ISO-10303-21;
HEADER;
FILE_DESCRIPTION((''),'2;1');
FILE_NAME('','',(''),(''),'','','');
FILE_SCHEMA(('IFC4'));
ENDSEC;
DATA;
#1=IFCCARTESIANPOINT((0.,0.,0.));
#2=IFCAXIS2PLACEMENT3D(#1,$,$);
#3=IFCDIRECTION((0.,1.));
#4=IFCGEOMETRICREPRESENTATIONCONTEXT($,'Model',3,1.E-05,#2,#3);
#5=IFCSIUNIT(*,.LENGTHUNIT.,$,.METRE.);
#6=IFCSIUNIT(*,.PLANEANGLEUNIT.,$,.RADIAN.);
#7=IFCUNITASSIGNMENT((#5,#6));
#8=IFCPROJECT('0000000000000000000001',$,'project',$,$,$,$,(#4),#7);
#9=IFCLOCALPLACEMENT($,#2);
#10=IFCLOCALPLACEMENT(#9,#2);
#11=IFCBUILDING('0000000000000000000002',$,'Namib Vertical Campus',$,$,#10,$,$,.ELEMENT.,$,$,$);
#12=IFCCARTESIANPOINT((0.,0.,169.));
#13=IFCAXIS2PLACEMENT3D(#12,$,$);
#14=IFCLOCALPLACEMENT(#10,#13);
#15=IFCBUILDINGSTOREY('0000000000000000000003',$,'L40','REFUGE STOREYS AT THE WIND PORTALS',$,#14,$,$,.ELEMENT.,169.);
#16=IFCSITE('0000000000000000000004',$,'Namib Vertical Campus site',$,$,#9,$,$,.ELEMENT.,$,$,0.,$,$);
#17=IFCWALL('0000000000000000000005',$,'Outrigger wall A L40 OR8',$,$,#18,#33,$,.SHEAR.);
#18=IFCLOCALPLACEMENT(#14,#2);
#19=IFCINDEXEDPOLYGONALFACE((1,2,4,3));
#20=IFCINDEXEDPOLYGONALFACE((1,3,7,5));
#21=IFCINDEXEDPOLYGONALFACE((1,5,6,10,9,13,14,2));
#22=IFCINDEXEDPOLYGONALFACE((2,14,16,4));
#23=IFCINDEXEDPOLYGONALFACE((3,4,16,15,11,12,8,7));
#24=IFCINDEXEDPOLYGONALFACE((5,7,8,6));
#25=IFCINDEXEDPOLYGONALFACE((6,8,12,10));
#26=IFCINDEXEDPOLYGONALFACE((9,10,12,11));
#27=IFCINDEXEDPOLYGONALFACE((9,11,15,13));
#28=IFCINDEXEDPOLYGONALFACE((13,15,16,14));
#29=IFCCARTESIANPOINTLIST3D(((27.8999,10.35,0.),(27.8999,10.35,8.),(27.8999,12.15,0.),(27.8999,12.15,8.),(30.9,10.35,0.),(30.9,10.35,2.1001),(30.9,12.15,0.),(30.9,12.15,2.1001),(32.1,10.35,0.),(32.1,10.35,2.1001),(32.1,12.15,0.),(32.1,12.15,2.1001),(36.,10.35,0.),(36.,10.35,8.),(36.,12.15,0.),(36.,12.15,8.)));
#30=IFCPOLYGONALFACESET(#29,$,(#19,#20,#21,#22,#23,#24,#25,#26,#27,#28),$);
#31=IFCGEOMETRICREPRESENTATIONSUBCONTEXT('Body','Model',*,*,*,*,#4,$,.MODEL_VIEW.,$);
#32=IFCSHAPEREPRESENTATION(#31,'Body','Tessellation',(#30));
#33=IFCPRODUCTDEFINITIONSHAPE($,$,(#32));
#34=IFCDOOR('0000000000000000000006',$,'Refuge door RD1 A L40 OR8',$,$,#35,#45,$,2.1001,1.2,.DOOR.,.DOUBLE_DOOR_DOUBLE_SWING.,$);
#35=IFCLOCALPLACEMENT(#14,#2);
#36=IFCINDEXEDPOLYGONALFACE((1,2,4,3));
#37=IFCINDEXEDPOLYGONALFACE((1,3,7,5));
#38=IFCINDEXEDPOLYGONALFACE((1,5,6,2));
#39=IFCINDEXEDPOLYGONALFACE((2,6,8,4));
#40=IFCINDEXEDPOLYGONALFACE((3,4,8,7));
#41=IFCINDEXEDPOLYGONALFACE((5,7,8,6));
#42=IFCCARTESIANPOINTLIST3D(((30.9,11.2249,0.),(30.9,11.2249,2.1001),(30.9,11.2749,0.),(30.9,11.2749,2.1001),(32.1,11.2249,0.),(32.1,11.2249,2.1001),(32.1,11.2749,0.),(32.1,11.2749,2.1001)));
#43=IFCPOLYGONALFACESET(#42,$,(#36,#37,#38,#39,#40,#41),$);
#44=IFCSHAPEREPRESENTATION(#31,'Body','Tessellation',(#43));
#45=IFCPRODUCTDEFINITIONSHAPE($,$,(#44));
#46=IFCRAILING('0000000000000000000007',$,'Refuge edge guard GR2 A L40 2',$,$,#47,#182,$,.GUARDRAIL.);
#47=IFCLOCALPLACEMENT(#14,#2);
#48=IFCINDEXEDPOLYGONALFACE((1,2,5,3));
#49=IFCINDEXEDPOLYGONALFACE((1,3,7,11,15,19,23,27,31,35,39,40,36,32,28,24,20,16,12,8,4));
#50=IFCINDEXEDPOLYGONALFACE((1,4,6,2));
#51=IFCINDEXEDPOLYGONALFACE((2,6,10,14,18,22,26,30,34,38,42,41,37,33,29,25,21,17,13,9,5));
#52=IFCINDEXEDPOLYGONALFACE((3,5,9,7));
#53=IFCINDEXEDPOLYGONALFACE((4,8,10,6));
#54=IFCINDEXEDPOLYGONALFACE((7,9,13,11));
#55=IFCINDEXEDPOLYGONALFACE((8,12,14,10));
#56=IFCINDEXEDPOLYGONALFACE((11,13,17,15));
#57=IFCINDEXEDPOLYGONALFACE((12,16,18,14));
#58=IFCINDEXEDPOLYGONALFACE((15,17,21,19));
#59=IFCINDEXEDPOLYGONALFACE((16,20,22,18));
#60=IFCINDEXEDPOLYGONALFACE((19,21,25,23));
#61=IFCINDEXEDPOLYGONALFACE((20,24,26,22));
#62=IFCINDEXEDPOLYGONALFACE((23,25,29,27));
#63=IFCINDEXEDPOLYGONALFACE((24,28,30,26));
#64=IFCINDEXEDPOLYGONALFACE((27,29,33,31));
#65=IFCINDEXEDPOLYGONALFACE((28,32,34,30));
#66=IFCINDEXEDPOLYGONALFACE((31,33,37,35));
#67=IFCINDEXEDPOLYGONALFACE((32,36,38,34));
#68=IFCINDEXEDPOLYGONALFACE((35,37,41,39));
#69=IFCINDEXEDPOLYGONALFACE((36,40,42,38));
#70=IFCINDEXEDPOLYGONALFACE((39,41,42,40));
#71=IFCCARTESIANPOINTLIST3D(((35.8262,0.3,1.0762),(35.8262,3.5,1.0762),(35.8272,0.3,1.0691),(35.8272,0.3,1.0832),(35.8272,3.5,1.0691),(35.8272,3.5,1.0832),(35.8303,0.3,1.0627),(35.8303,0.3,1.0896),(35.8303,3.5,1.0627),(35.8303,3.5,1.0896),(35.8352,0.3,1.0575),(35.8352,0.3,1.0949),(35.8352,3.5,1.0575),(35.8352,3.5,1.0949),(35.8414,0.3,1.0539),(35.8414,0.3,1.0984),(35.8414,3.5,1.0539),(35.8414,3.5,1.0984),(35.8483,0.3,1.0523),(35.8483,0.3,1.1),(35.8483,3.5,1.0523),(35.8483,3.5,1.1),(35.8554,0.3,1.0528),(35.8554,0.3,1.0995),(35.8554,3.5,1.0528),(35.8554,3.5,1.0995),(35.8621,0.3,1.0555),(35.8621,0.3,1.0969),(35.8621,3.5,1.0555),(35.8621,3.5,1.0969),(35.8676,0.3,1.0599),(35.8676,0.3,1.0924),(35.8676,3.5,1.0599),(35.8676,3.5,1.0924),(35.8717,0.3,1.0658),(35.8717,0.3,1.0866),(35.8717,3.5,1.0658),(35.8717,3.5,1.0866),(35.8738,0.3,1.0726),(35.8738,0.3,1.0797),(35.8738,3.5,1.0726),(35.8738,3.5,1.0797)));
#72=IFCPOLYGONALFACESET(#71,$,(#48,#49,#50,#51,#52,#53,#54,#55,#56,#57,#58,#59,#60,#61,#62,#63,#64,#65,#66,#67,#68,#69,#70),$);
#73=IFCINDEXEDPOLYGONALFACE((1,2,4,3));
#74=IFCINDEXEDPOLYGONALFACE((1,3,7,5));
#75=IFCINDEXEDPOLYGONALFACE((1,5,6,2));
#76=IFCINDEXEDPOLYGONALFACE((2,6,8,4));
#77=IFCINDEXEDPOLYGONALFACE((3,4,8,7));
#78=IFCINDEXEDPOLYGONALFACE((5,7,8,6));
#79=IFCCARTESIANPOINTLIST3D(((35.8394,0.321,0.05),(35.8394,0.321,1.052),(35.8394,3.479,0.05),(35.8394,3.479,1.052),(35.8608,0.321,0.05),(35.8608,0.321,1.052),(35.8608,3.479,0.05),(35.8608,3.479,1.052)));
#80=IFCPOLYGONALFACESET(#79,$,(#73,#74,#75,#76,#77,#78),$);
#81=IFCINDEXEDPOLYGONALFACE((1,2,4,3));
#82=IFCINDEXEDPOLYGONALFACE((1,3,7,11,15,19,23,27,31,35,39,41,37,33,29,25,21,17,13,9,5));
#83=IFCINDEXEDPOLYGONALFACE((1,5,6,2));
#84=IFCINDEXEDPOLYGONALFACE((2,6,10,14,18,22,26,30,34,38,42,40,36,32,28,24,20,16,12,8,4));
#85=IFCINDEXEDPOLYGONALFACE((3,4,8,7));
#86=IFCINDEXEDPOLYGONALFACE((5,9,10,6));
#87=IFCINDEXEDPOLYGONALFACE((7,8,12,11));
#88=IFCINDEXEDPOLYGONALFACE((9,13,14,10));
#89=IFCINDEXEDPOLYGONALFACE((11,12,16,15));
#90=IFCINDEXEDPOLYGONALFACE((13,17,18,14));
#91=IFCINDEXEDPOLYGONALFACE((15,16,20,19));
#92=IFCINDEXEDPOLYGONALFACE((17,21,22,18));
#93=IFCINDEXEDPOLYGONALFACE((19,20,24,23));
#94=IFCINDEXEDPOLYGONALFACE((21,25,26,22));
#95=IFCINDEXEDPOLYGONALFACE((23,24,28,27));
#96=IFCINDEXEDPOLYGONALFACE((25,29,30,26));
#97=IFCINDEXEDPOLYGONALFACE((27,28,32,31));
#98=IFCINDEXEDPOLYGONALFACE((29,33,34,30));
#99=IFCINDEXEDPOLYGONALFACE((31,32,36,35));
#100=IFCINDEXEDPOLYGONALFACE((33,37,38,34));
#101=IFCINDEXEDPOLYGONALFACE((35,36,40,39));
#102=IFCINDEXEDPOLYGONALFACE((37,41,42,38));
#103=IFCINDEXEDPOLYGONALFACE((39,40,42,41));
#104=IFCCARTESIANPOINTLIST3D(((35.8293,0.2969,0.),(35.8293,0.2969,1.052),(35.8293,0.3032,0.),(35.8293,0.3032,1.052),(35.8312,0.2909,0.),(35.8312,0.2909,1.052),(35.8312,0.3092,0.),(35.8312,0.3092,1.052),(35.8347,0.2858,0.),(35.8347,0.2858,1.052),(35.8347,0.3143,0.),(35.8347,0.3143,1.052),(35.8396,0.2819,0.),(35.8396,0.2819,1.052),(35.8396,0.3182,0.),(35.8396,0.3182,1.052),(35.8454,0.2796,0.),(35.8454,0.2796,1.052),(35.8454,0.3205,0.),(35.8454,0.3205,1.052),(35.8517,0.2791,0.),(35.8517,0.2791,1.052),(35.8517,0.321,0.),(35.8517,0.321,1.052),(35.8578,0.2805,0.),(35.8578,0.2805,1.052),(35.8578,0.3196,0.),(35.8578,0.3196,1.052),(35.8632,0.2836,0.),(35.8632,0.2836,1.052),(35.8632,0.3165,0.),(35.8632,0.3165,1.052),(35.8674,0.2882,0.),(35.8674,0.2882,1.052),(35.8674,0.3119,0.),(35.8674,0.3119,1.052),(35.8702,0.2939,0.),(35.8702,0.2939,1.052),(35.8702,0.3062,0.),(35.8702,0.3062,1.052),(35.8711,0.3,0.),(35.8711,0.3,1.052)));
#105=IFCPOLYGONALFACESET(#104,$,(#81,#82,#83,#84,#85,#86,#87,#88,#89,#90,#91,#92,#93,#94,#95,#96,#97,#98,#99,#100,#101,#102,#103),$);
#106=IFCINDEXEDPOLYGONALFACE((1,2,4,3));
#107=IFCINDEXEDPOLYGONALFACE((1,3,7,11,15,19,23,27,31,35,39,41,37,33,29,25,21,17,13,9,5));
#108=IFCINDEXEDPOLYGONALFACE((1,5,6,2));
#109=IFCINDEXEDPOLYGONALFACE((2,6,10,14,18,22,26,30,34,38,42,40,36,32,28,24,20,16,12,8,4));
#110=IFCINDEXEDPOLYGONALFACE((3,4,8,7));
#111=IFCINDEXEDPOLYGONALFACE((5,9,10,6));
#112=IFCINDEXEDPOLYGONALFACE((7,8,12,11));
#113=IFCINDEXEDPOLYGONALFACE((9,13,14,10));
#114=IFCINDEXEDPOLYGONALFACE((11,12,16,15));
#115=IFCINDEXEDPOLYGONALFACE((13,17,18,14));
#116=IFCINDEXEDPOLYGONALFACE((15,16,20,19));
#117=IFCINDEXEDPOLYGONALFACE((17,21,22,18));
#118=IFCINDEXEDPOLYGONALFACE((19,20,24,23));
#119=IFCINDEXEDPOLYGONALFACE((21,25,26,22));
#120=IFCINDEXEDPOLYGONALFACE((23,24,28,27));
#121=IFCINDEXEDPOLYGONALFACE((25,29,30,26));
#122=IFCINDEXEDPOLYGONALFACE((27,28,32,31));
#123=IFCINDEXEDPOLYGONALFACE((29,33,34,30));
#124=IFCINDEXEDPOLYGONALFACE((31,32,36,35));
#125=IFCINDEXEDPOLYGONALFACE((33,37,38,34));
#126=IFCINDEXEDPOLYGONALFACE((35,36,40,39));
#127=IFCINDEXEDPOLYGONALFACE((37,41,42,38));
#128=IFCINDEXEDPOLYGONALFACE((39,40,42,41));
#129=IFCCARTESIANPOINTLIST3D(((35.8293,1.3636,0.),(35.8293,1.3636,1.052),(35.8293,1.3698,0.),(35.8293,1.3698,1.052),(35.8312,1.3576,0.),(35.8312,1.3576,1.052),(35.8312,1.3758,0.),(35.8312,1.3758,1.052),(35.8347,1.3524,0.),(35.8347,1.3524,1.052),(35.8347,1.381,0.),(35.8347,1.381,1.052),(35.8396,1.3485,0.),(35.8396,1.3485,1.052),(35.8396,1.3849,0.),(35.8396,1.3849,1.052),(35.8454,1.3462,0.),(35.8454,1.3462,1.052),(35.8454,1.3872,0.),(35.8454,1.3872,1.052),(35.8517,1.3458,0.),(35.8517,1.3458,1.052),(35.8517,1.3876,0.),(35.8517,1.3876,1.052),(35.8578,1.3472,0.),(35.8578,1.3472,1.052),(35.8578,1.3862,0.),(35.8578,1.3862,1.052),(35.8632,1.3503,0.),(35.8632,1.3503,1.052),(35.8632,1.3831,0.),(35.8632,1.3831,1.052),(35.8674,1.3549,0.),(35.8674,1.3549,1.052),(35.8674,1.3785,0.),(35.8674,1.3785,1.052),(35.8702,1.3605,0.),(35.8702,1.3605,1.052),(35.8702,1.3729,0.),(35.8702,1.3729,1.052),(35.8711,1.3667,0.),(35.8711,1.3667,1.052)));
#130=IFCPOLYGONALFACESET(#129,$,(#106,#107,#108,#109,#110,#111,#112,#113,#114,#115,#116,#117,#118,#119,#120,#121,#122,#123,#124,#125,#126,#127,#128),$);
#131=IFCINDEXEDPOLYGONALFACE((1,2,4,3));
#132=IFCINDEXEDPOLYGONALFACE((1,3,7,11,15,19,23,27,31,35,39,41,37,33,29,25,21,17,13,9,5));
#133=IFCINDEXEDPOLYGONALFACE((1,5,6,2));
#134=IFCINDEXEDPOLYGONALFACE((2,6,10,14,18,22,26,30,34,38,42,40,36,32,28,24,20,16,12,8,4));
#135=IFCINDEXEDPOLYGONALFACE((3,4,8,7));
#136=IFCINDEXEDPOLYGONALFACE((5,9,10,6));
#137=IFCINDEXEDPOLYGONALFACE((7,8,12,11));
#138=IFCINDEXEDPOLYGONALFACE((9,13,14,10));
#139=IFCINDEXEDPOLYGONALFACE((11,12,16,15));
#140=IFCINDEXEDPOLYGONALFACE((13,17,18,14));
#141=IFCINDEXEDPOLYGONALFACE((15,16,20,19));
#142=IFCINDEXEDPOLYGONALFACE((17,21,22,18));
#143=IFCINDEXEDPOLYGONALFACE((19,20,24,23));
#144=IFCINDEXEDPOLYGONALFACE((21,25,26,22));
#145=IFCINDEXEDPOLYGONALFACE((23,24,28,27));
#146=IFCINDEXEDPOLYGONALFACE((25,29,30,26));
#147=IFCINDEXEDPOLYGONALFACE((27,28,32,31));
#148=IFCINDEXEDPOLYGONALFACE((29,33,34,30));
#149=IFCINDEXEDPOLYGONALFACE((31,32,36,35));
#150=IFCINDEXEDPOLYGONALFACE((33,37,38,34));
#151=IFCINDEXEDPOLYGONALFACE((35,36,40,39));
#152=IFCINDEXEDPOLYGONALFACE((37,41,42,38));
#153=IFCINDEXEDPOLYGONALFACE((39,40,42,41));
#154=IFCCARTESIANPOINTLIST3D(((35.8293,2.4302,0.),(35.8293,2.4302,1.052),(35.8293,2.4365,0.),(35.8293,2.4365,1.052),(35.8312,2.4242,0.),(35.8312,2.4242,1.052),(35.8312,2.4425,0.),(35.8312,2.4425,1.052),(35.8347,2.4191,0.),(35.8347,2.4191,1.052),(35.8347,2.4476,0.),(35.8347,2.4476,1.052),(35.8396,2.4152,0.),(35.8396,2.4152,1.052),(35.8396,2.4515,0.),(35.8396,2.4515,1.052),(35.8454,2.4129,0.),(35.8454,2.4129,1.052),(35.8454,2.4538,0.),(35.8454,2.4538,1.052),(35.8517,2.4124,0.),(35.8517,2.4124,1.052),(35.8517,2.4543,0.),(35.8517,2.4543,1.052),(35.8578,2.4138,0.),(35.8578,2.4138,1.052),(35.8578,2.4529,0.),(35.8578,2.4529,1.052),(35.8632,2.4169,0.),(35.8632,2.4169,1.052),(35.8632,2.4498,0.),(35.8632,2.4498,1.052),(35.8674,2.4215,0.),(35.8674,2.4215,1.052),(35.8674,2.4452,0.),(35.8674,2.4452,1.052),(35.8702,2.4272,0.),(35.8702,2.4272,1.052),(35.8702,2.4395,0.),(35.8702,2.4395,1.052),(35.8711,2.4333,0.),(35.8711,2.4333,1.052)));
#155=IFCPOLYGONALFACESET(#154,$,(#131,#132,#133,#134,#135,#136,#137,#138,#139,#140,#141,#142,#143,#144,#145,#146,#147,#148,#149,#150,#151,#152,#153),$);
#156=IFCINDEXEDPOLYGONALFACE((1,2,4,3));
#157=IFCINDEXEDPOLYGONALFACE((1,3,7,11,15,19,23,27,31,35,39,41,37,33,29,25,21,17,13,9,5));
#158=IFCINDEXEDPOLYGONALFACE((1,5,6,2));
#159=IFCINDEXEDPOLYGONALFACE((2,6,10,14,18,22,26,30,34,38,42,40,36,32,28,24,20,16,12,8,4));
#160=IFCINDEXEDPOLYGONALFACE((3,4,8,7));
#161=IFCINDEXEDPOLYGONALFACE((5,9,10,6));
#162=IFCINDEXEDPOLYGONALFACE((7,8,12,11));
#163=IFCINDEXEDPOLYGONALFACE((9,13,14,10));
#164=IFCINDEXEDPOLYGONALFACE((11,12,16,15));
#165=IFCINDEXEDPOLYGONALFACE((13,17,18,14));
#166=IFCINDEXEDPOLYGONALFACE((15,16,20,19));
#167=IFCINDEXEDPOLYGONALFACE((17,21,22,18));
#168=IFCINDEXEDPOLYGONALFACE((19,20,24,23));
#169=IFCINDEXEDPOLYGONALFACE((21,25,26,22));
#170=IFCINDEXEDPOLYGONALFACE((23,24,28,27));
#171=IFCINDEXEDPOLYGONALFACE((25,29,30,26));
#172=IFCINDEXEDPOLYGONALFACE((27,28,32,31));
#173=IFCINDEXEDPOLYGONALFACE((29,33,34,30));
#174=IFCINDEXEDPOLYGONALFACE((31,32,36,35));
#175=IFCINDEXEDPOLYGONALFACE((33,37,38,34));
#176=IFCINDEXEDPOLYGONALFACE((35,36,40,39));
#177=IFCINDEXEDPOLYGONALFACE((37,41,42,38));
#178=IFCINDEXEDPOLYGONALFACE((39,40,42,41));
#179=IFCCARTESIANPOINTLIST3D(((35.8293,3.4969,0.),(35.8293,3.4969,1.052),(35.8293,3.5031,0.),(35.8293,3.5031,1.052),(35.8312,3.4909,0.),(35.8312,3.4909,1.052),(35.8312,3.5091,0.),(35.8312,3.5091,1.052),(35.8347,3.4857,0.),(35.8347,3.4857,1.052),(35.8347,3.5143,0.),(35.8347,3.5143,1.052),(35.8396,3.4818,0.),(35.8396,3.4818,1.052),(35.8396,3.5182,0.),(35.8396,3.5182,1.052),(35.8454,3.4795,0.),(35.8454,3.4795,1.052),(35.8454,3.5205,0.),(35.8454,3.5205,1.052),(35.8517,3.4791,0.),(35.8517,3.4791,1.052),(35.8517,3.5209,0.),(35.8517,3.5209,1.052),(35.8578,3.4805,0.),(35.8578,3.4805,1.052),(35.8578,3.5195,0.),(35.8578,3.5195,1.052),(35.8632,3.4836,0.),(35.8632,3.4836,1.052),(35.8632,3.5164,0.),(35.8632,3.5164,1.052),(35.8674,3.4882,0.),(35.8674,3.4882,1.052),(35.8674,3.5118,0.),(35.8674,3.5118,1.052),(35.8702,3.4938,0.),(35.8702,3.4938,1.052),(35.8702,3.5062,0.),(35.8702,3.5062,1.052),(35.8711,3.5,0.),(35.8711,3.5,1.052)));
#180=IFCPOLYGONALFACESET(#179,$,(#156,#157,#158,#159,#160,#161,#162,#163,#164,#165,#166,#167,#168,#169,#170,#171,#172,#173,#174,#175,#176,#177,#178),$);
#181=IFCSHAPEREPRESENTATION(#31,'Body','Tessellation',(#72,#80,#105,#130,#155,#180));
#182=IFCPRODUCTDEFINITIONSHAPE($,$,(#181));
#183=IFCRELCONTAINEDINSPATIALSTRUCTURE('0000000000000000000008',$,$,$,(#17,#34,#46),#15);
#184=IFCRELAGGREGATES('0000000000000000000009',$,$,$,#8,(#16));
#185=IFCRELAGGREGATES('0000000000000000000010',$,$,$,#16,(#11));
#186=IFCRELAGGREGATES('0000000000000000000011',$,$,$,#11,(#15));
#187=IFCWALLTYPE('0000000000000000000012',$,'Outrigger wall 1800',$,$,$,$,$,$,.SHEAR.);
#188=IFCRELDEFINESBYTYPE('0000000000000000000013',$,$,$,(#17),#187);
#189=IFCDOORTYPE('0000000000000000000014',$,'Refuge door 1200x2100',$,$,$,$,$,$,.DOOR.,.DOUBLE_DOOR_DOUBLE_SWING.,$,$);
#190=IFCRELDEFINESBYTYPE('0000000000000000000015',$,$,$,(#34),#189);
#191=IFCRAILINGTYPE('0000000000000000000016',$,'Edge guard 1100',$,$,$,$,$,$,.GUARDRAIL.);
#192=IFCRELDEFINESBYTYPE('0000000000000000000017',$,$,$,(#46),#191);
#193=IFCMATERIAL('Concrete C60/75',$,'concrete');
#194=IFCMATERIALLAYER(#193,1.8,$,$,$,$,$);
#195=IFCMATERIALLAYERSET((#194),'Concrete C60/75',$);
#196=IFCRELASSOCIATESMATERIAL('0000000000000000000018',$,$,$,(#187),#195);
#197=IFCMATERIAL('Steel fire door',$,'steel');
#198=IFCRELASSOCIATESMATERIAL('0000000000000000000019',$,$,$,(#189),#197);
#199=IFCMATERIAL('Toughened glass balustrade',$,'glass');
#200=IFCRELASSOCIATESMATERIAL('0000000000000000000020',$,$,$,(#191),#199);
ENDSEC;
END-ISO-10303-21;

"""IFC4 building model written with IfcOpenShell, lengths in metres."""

from ifc_helpers import new_model, si_unit, direction, frame, frame_2d, origin, origin_2d, place, context, subcontext, project, spatial, polyline, rectangle, circle, outline, extrude, material, layer, layer_set, type_object, element, fill, save


model = new_model("IFC4")

# Units and contexts
model_context = context("Model", 3, precision=1e-05, world=origin(), true_north=direction((0.0, 1.0)))
body_context = subcontext(model_context, "Body", "Model", "MODEL_VIEW")
ifc_project = project(units=[si_unit("LENGTHUNIT", "METRE"), si_unit("PLANEANGLEUNIT", "RADIAN")], contexts=[model_context])

# Site, building, storey
site_placement = place(None, origin())
site = spatial("IfcSite", under=ifc_project, at=site_placement, Name="Namib Vertical Campus site", CompositionType="ELEMENT", RefElevation=0.0)
building_placement = place(site_placement, origin())
building = spatial("IfcBuilding", under=site, at=building_placement, Name="Namib Vertical Campus", CompositionType="ELEMENT")
storey_placement = place(building_placement, frame((0.0, 0.0, 169.0)))
storey = spatial("IfcBuildingStorey", under=building, at=storey_placement, Name="L40", Description="REFUGE STOREYS AT THE WIND PORTALS", CompositionType="ELEMENT", Elevation=169.0)

# Wall, opening, door
ifc_material_1 = material(Name="Concrete C60/75", Category="concrete")
ifc_layer_1 = layer(ifc_material_1, 1.8)
ifc_layer_set_1 = layer_set([ifc_layer_1], Name="Concrete C60/75")
wall_type_1 = type_object("IfcWallType", Name="Outrigger wall 1800", PredefinedType="SHEAR", material=ifc_layer_set_1)
ifc_material_2 = material(Name="Steel fire door", Category="steel")
door_type = type_object("IfcDoorType", Name="Refuge door 1200x2100", OperationType="DOUBLE_DOOR_DOUBLE_SWING", PredefinedType="DOOR", material=ifc_material_2)
wall_1_placement = place(storey_placement, frame((27.8999, 11.25, 0.0), z_axis=(0.0, 0.0, 1.0), x_axis=(1.0, 0.0, 0.0)))
wall_1 = element("IfcWall", 1, at=wall_1_placement, inside=storey, type_object=wall_type_1, Name="Outrigger wall A L40 OR8", PredefinedType="SHEAR", context=body_context, shape_type="SweptSolid", body=[
    extrude(rectangle(XDim=8.1001, YDim=1.8, at=frame_2d((4.05, 0.0))), origin(), (0.0, 0.0, 1.0), 8.0),
])
opening_1_placement = place(wall_1_placement, frame((3.0, 0.0, 0.0)))
opening_1 = element("IfcOpeningElement", 2, at=opening_1_placement, cuts=wall_1, PredefinedType="OPENING", context=body_context, shape_type="SweptSolid", body=[
    extrude(rectangle(XDim=1.2, YDim=2.1001, at=frame_2d((0.6001, 1.05))), frame((0.0, 0.9099, 0.0), z_axis=(0.0, -1.0, 0.0), x_axis=(1.0, 0.0, 0.0)), (0.0, 0.0, 1.0), 1.8201),
])
door_1_placement = place(opening_1_placement, origin())
door_1 = element("IfcDoor", 3, at=door_1_placement, inside=storey, type_object=door_type, Name="Refuge door RD1 A L40 OR8", OperationType="DOUBLE_DOOR_DOUBLE_SWING", OverallHeight=2.1001, OverallWidth=1.2, PredefinedType="DOOR", context=body_context, shape_type="SweptSolid", body=[
    extrude(rectangle(XDim=1.2, YDim=2.1001, at=frame_2d((0.6001, 1.05))), frame((0.0, 0.0249, 0.0), z_axis=(0.0, -1.0, 0.0), x_axis=(1.0, 0.0, 0.0)), (0.0, 0.0, 1.0), 0.05),
])
fill(opening_1, door_1)

# Railing
ifc_material_3 = material(Name="Toughened glass balustrade", Category="glass")
railing_type = type_object("IfcRailingType", Name="Edge guard 1100", PredefinedType="GUARDRAIL", material=ifc_material_3)
railing_placement = place(storey_placement, frame((35.8501, 0.3, 0.0)))
element("IfcRailing", 4, at=railing_placement, inside=storey, type_object=railing_type, Name="Refuge edge guard GR2 A L40 2", PredefinedType="GUARDRAIL", context=body_context, shape_type="SweptSolid", body=[
    extrude(circle(Radius=0.0239, at=origin_2d()), frame((0.0, 0.0, 1.0762), z_axis=(0.0, 1.0, 0.0), x_axis=(-1.0, 0.0, 0.0)), (0.0, 0.0, 1.0), 3.2),
    extrude(outline(polyline([(0.021, 0.05), (3.179, 0.05), (3.179, 1.052), (0.021, 1.052), (0.021, 0.05)])), frame((-0.0107, 0.0, 0.0), z_axis=(1.0, 0.0, 0.0), x_axis=(0.0, 1.0, 0.0)), (0.0, 0.0, 1.0), 0.0215),
    extrude(circle(Radius=0.021, at=origin_2d()), origin(), (0.0, 0.0, 1.0), 1.052),
    extrude(circle(Radius=0.021, at=origin_2d()), frame((0.0, 1.0667, 0.0)), (0.0, 0.0, 1.0), 1.052),
    extrude(circle(Radius=0.021, at=origin_2d()), frame((0.0, 2.1333, 0.0)), (0.0, 0.0, 1.0), 1.052),
    extrude(circle(Radius=0.021, at=origin_2d()), frame((0.0, 3.2, 0.0)), (0.0, 0.0, 1.0), 1.052),
])

save(model, "model.ifc")
